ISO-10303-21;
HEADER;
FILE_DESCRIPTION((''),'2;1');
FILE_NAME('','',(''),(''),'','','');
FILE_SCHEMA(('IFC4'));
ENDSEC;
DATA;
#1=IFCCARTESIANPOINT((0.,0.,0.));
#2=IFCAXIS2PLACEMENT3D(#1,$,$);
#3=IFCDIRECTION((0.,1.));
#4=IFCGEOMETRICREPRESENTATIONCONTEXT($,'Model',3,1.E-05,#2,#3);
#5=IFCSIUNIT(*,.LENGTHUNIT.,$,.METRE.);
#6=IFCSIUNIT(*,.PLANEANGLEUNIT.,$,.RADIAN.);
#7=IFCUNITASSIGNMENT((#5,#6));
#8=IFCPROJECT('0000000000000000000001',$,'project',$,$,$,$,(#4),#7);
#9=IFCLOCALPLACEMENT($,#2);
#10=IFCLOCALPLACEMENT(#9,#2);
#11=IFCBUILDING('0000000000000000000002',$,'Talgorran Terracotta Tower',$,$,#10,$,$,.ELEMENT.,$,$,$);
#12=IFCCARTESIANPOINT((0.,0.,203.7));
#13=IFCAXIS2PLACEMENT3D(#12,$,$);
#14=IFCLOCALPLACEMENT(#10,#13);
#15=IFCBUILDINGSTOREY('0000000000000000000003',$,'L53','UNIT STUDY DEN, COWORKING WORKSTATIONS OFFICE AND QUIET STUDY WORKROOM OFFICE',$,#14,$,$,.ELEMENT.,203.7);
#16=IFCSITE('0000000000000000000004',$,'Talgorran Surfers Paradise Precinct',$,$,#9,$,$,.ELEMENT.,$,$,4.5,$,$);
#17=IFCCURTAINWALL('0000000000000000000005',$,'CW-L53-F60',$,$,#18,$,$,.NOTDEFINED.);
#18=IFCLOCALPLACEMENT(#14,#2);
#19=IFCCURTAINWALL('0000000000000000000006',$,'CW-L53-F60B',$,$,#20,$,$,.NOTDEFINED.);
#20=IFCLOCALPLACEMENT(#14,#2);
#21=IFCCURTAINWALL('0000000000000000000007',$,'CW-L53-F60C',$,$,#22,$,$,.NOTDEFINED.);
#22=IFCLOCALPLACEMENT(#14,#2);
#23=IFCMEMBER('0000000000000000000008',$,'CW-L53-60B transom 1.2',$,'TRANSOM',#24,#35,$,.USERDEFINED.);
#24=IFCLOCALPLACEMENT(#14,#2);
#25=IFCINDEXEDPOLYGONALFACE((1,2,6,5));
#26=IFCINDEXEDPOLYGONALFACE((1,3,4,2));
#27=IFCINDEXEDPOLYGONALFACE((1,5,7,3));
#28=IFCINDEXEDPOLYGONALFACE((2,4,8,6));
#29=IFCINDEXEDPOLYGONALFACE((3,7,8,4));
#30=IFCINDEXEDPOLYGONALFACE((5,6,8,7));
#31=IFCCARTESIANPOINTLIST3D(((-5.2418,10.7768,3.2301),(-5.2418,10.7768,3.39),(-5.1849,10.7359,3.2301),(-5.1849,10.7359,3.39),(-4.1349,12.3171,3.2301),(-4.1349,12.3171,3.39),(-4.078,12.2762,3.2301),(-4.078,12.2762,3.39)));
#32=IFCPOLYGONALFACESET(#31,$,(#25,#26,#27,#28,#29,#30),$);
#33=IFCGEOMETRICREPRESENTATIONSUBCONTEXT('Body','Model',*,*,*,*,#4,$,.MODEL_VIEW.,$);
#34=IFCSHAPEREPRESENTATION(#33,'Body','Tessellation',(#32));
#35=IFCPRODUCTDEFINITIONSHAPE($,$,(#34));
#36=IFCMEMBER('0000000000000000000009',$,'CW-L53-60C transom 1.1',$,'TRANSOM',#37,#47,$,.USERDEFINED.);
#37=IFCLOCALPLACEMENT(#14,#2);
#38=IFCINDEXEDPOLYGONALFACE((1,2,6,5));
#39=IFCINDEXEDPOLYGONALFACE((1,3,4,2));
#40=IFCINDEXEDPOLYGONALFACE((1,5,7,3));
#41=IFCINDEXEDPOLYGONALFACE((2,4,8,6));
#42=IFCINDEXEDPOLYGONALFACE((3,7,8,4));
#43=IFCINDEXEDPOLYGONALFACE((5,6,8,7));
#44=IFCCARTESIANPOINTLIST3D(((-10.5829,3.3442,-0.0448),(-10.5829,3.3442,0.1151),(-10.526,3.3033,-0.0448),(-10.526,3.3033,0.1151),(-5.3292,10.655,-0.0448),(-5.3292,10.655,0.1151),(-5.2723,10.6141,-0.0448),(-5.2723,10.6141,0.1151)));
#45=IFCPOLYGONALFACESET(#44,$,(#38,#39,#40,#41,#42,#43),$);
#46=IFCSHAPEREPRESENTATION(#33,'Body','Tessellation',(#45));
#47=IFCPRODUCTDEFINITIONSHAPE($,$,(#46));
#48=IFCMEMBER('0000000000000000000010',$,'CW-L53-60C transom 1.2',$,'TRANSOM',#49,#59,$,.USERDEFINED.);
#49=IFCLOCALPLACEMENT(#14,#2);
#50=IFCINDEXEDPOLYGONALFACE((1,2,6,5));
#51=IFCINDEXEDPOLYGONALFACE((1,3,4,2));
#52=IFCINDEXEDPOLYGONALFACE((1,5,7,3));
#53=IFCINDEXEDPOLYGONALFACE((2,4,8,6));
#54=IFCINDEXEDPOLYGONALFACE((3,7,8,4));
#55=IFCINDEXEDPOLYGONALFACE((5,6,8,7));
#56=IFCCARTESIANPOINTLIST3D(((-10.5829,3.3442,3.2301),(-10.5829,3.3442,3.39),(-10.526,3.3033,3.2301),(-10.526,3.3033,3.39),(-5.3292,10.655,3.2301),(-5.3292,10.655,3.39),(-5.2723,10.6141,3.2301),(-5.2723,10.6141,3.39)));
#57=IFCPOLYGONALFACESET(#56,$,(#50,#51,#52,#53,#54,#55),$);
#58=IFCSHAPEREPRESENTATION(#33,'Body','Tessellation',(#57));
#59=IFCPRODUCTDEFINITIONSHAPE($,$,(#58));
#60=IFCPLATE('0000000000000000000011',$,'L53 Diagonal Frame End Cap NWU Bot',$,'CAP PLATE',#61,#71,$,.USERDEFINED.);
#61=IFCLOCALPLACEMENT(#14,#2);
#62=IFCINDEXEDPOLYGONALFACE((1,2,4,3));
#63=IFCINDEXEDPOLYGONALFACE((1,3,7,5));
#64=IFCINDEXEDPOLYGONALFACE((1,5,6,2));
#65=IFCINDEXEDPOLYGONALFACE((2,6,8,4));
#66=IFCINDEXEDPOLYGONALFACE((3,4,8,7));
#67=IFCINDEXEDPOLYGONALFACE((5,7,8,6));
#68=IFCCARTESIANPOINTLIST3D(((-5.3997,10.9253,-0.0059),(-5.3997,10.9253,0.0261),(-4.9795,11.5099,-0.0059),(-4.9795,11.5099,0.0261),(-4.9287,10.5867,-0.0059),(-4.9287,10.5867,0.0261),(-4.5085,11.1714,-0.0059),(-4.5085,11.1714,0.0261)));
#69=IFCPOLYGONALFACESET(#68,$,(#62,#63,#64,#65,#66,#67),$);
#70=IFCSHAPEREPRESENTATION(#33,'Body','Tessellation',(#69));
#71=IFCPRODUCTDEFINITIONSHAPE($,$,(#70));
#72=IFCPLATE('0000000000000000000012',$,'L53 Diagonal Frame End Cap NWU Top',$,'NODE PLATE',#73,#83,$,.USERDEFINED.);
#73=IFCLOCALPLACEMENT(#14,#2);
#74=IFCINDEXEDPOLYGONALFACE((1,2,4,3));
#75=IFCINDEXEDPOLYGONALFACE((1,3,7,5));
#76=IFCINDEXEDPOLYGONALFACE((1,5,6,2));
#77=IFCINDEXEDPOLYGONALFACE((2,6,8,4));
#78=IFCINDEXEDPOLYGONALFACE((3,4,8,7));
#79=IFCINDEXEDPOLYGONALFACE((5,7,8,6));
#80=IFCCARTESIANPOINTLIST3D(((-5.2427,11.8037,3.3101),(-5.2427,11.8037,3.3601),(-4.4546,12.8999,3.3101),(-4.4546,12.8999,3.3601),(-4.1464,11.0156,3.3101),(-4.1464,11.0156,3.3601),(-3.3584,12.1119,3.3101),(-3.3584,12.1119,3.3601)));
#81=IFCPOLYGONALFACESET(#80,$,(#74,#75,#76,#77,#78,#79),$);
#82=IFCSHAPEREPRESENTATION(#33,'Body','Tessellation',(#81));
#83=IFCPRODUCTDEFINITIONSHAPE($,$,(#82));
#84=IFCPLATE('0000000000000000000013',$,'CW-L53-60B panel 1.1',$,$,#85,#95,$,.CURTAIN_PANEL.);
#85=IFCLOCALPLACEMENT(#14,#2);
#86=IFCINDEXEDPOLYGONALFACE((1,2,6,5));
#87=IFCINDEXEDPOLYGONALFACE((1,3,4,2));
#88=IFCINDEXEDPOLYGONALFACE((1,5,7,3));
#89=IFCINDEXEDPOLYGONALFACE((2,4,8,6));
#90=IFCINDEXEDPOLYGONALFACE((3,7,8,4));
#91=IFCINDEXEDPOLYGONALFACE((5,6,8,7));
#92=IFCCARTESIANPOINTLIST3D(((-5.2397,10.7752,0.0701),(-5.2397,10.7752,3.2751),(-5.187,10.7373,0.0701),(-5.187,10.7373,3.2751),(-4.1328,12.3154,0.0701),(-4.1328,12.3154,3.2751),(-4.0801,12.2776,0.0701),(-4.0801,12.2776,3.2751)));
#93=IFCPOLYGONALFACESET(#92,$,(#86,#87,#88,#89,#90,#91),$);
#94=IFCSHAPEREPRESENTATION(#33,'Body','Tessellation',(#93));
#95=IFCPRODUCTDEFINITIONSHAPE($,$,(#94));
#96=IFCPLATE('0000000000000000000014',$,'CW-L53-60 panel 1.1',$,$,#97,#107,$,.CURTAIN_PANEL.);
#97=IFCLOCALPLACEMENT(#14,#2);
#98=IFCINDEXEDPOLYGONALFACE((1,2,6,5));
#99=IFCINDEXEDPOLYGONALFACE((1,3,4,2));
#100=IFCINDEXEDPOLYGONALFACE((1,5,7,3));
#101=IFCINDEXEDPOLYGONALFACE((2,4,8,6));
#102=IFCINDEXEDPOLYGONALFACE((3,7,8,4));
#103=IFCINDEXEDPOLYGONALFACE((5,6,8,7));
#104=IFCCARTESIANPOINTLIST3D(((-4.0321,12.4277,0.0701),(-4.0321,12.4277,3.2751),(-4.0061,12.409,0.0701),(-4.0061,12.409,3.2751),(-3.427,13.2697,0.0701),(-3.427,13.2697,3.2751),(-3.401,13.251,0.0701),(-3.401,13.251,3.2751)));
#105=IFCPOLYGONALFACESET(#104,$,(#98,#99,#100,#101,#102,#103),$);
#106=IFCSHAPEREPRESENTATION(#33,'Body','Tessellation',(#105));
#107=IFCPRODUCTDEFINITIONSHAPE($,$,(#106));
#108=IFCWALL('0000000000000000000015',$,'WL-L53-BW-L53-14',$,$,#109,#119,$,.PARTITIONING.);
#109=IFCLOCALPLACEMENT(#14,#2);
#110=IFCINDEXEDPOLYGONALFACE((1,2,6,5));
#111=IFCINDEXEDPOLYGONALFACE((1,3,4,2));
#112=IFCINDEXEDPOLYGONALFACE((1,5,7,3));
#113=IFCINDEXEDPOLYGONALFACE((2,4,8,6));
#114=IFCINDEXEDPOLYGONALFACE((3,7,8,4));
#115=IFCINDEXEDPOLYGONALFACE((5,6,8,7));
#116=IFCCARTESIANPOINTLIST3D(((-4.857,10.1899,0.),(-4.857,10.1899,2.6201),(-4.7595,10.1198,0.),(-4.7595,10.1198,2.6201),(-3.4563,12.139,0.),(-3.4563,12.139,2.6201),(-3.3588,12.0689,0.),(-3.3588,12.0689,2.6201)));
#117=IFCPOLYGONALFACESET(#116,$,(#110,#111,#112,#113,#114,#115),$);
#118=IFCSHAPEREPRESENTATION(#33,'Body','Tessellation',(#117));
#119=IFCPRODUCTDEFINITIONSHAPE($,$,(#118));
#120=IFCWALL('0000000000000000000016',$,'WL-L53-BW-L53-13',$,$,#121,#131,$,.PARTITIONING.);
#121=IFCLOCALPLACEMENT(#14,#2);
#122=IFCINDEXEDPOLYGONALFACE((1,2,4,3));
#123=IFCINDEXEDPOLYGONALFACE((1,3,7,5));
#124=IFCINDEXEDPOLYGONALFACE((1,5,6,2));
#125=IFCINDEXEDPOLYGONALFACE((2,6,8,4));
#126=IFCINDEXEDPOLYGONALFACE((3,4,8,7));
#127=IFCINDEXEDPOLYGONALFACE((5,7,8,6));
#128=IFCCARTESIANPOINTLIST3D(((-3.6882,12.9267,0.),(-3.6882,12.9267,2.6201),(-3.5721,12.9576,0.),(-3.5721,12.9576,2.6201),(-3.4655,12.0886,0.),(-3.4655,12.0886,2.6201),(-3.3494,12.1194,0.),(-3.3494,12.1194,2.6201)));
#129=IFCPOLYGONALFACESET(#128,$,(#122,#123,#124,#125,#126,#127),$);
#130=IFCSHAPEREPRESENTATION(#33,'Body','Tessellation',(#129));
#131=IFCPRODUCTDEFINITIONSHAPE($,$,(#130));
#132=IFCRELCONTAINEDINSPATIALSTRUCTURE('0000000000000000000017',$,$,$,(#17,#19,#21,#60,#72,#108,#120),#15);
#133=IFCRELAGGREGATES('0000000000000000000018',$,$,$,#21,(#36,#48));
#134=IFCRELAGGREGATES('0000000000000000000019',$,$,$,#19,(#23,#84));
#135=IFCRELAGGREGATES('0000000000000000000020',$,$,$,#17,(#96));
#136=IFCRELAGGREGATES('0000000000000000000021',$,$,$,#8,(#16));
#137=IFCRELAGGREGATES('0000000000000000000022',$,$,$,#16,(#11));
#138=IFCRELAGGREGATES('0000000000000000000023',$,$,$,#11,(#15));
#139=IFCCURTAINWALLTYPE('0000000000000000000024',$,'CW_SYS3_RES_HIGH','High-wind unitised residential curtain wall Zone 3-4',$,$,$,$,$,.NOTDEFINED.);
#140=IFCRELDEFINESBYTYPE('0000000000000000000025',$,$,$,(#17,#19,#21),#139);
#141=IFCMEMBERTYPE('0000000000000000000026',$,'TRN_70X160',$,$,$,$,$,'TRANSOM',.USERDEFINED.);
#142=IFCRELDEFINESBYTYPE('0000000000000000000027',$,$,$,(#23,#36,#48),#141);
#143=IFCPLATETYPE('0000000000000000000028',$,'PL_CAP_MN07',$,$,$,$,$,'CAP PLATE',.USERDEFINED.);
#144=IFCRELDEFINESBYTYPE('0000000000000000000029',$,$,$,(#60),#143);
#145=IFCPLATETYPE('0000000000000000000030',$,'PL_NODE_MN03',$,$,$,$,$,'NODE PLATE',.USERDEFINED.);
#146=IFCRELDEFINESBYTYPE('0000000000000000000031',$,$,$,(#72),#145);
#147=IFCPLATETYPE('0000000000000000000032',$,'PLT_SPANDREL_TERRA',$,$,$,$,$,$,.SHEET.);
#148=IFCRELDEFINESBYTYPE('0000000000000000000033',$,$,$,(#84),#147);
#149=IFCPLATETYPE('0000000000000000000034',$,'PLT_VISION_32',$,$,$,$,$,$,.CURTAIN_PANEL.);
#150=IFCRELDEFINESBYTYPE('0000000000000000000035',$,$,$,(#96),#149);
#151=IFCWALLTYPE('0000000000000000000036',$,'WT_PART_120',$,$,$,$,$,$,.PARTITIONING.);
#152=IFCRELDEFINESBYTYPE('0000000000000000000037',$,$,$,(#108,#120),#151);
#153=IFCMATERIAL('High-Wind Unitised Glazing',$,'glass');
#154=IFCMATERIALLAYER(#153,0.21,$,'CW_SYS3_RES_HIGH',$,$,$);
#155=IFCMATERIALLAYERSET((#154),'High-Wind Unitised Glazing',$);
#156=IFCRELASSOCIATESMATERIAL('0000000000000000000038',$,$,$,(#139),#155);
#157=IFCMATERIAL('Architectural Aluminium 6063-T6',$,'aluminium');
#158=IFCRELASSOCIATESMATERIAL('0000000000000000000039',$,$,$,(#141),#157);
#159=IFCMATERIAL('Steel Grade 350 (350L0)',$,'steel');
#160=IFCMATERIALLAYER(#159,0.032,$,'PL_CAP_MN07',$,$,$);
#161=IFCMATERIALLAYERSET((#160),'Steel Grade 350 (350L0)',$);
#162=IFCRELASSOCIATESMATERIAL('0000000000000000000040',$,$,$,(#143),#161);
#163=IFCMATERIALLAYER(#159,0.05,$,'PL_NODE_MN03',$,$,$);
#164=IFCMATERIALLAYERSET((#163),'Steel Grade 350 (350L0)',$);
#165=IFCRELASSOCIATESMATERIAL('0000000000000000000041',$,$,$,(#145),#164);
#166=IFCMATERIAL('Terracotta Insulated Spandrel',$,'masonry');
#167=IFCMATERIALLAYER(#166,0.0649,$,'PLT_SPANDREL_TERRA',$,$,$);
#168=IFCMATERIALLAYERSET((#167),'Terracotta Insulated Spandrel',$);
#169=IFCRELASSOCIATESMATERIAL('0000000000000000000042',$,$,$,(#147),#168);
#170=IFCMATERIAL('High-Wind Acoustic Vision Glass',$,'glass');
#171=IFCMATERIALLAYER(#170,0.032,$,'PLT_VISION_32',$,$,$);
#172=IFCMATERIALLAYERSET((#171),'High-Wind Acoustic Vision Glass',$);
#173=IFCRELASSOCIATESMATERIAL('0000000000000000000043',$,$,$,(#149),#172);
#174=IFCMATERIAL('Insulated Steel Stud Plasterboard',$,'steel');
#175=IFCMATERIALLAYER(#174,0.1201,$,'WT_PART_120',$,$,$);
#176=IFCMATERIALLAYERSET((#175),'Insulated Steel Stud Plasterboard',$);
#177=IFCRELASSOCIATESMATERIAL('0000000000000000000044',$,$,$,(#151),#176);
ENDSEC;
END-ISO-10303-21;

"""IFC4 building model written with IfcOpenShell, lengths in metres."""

from ifc_helpers import new_model, si_unit, direction, frame, frame_2d, origin, origin_2d, place, context, subcontext, project, spatial, rectangle, extrude, source, transform, mapped, material, layer, layer_set, material_profile, profile_set, type_object, type_shapes, element, aggregate, save


model = new_model("IFC4")

# Units and contexts
model_context = context("Model", 3, precision=1e-05, world=origin(), true_north=direction((0.0, 1.0)))
body_context = subcontext(model_context, "Body", "Model", "MODEL_VIEW")
ifc_project = project(units=[si_unit("LENGTHUNIT", "METRE"), si_unit("PLANEANGLEUNIT", "RADIAN")], contexts=[model_context])

# Site, building, storey
site_placement = place(None, origin())
site = spatial("IfcSite", under=ifc_project, at=site_placement, Name="Talgorran Surfers Paradise Precinct", CompositionType="ELEMENT", RefElevation=4.5)
building_placement = place(site_placement, origin())
building = spatial("IfcBuilding", under=site, at=building_placement, Name="Talgorran Terracotta Tower", CompositionType="ELEMENT")
storey_placement = place(building_placement, frame((0.0, 0.0, 203.7)))
storey = spatial("IfcBuildingStorey", under=building, at=storey_placement, Name="L53", Description="UNIT STUDY DEN, COWORKING WORKSTATIONS OFFICE AND QUIET STUDY WORKROOM OFFICE", CompositionType="ELEMENT", Elevation=203.7)

# Shared definitions
ifc_material_1 = material(Name="Steel Grade 350 (350L0)", Category="steel")

# Shared definitions
ifc_material_2 = material(Name="High-Wind Unitised Glazing", Category="glass")
ifc_layer_1 = layer(ifc_material_2, 0.21, Name="CW_SYS3_RES_HIGH")
ifc_layer_set_1 = layer_set([ifc_layer_1], Name="High-Wind Unitised Glazing")
curtain_wall_type = type_object("IfcCurtainWallType", Name="CW_SYS3_RES_HIGH", Description="High-wind unitised residential curtain wall Zone 3-4", PredefinedType="NOTDEFINED", material=ifc_layer_set_1)
ifc_material_3 = material(Name="Architectural Aluminium 6063-T6", Category="aluminium")

# Curtain walls
curtain_wall_1_placement = place(storey_placement, origin())
curtain_wall_1 = element("IfcCurtainWall", 1, at=curtain_wall_1_placement, inside=storey, type_object=curtain_wall_type, Name="CW-L53-F60", PredefinedType="NOTDEFINED")
curtain_wall_2_placement = place(storey_placement, origin())
curtain_wall_2 = element("IfcCurtainWall", 2, at=curtain_wall_2_placement, inside=storey, type_object=curtain_wall_type, Name="CW-L53-F60B", PredefinedType="NOTDEFINED")

# Curtain wall
curtain_wall_3_placement = place(storey_placement, origin())
curtain_wall_3 = element("IfcCurtainWall", 3, at=curtain_wall_3_placement, inside=storey, type_object=curtain_wall_type, Name="CW-L53-F60C", PredefinedType="NOTDEFINED")

# Members
ifc_material_profile_1 = material_profile(ifc_material_3, rectangle(XDim=0.0701, YDim=0.1599, at=origin_2d()), Name="CWT70X160")
ifc_profile_set_1 = profile_set([ifc_material_profile_1], Name="Architectural Aluminium 6063-T6")
member_type_1 = type_object("IfcMemberType", Name="TRN_70X160", ElementType="TRANSOM", PredefinedType="USERDEFINED", material=ifc_profile_set_1)
member_1_placement = place(storey_placement, frame((-4.1064, 12.2966, 3.3101), z_axis=(-0.583586, -0.812052, 0.0), x_axis=(0.812052, -0.583586, 0.0)))
member_1 = element("IfcMember", 4, at=member_1_placement, type_object=member_type_1, Name="CW-L53-60B transom 1.2", ObjectType="TRANSOM", PredefinedType="USERDEFINED", context=body_context, shape_type="SweptSolid", body=[
    extrude(rectangle(XDim=0.0701, YDim=0.1599, at=origin_2d()), origin(), (0.0, 0.0, 1.0), 1.8967),
])
member_2_placement = place(storey_placement, frame((-5.3008, 10.6345, 0.0352), z_axis=(-0.583565, -0.812066, 0.0), x_axis=(0.812066, -0.583565, 0.0)))
member_2 = element("IfcMember", 5, at=member_2_placement, type_object=member_type_1, Name="CW-L53-60C transom 1.1", ObjectType="TRANSOM", PredefinedType="USERDEFINED", context=body_context, shape_type="SweptSolid", body=[
    extrude(rectangle(XDim=0.0701, YDim=0.1599, at=origin_2d()), origin(), (0.0, 0.0, 1.0), 9.0027),
])
member_3_placement = place(storey_placement, frame((-5.3008, 10.6345, 3.3101), z_axis=(-0.583565, -0.812066, 0.0), x_axis=(0.812066, -0.583565, 0.0)))
member_3 = element("IfcMember", 6, at=member_3_placement, type_object=member_type_1, Name="CW-L53-60C transom 1.2", ObjectType="TRANSOM", PredefinedType="USERDEFINED", context=body_context, shape_type="SweptSolid", body=[
    extrude(rectangle(XDim=0.0701, YDim=0.1599, at=origin_2d()), origin(), (0.0, 0.0, 1.0), 9.0027),
])
aggregate(curtain_wall_3, [member_2, member_3])

# Plates
ifc_layer_2 = layer(ifc_material_1, 0.032, Name="PL_CAP_MN07")
ifc_layer_set_2 = layer_set([ifc_layer_2], Name="Steel Grade 350 (350L0)")
plate_type_1 = type_object("IfcPlateType", Name="PL_CAP_MN07", ElementType="CAP PLATE", PredefinedType="USERDEFINED", material=ifc_layer_set_2)
plate_1_placement = place(storey_placement, frame((-4.9541, 11.0483, -0.0059), z_axis=(0.0, 0.0, 1.0), x_axis=(0.583683, 0.811982, 0.0)))
element("IfcPlate", 7, at=plate_1_placement, inside=storey, type_object=plate_type_1, Name="L53 Diagonal Frame End Cap NWU Bot", ObjectType="CAP PLATE", PredefinedType="USERDEFINED", context=body_context, shape_type="SweptSolid", body=[
    extrude(rectangle(XDim=0.72, YDim=0.5801, at=origin_2d()), origin(), (0.0, 0.0, 1.0), 0.032),
])
ifc_layer_3 = layer(ifc_material_1, 0.05, Name="PL_NODE_MN03")
ifc_layer_set_3 = layer_set([ifc_layer_3], Name="Steel Grade 350 (350L0)")
plate_type_2 = type_object("IfcPlateType", Name="PL_NODE_MN03", ElementType="NODE PLATE", PredefinedType="USERDEFINED", material=ifc_layer_set_3)
plate_2_placement = place(storey_placement, frame((-4.3005, 11.9578, 3.3101), z_axis=(0.0, 0.0, 1.0), x_axis=(0.583683, 0.811982, 0.0)))
element("IfcPlate", 8, at=plate_2_placement, inside=storey, type_object=plate_type_2, Name="L53 Diagonal Frame End Cap NWU Top", ObjectType="NODE PLATE", PredefinedType="USERDEFINED", context=body_context, shape_type="SweptSolid", body=[
    extrude(rectangle(XDim=1.3501, YDim=1.3501, at=origin_2d()), origin(), (0.0, 0.0, 1.0), 0.05),
])

# Plates
ifc_material_4 = material(Name="Terracotta Insulated Spandrel", Category="masonry")
ifc_layer_4 = layer(ifc_material_4, 0.0649, Name="PLT_SPANDREL_TERRA")
ifc_layer_set_4 = layer_set([ifc_layer_4], Name="Terracotta Insulated Spandrel")
plate_type_3 = type_object("IfcPlateType", Name="PLT_SPANDREL_TERRA", PredefinedType="SHEET", material=ifc_layer_set_4)
shared_shape_1 = source(origin(), body_context, "Body", "SweptSolid", [
    extrude(rectangle(XDim=1.8967, YDim=0.0649, at=origin_2d()), origin(), (0.0, 0.0, 1.0), 3.2051),
])
type_shapes(plate_type_3, [shared_shape_1])
plate_3_placement = place(storey_placement, frame((-4.6599, 11.5264, 0.0701), z_axis=(0.0, 0.0, 1.0), x_axis=(-0.583567, -0.812065, 0.0)))
plate_3 = element("IfcPlate", 9, at=plate_3_placement, type_object=plate_type_3, Name="CW-L53-60B panel 1.1", PredefinedType="CURTAIN_PANEL", context=body_context, shape_type="MappedRepresentation", body=[
    mapped(shared_shape_1, transform((0.0, 0.0, 0.0), scale=1.0)),
])
aggregate(curtain_wall_2, [member_1, plate_3])
ifc_material_5 = material(Name="High-Wind Acoustic Vision Glass", Category="glass")
ifc_layer_5 = layer(ifc_material_5, 0.032, Name="PLT_VISION_32")
ifc_layer_set_5 = layer_set([ifc_layer_5], Name="High-Wind Acoustic Vision Glass")
plate_type_4 = type_object("IfcPlateType", Name="PLT_VISION_32", PredefinedType="CURTAIN_PANEL", material=ifc_layer_set_5)
shared_shape_2 = source(origin(), body_context, "Body", "SweptSolid", [
    extrude(rectangle(XDim=1.0369, YDim=0.032, at=origin_2d()), origin(), (0.0, 0.0, 1.0), 3.2051),
])
type_shapes(plate_type_4, [shared_shape_2])
plate_4_placement = place(storey_placement, frame((-3.7166, 12.8394, 0.0701), z_axis=(0.0, 0.0, 1.0), x_axis=(-0.583559, -0.812071, 0.0)))
plate_4 = element("IfcPlate", 10, at=plate_4_placement, type_object=plate_type_4, Name="CW-L53-60 panel 1.1", PredefinedType="CURTAIN_PANEL", context=body_context, shape_type="MappedRepresentation", body=[
    mapped(shared_shape_2, transform((0.0, 0.0, 0.0), scale=1.0)),
])
aggregate(curtain_wall_1, [plate_4])

# Walls
ifc_material_6 = material(Name="Insulated Steel Stud Plasterboard", Category="steel")
ifc_layer_6 = layer(ifc_material_6, 0.1201, Name="WT_PART_120")
ifc_layer_set_6 = layer_set([ifc_layer_6], Name="Insulated Steel Stud Plasterboard")
wall_type = type_object("IfcWallType", Name="WT_PART_120", PredefinedType="PARTITIONING", material=ifc_layer_set_6)
wall_1_placement = place(storey_placement, frame((-3.4075, 12.104, 0.0), z_axis=(0.0, 0.0, 1.0), x_axis=(-0.583584, -0.812053, 0.0)))
element("IfcWall", 11, at=wall_1_placement, inside=storey, type_object=wall_type, Name="WL-L53-BW-L53-14", PredefinedType="PARTITIONING", context=body_context, shape_type="SweptSolid", body=[
    extrude(rectangle(XDim=2.4001, YDim=0.1201, at=frame_2d((1.2002, 0.0))), origin(), (0.0, 0.0, 1.0), 2.6201),
])
wall_2_placement = place(storey_placement, frame((-3.6301, 12.9421, 0.0), z_axis=(0.0, 0.0, 1.0), x_axis=(0.256751, -0.966477, 0.0)))
element("IfcWall", 12, at=wall_2_placement, inside=storey, type_object=wall_type, Name="WL-L53-BW-L53-13", PredefinedType="PARTITIONING", context=body_context, shape_type="SweptSolid", body=[
    extrude(rectangle(XDim=0.8672, YDim=0.1201, at=frame_2d((0.4336, 0.0))), origin(), (0.0, 0.0, 1.0), 2.6201),
])

save(model, "model.ifc")
